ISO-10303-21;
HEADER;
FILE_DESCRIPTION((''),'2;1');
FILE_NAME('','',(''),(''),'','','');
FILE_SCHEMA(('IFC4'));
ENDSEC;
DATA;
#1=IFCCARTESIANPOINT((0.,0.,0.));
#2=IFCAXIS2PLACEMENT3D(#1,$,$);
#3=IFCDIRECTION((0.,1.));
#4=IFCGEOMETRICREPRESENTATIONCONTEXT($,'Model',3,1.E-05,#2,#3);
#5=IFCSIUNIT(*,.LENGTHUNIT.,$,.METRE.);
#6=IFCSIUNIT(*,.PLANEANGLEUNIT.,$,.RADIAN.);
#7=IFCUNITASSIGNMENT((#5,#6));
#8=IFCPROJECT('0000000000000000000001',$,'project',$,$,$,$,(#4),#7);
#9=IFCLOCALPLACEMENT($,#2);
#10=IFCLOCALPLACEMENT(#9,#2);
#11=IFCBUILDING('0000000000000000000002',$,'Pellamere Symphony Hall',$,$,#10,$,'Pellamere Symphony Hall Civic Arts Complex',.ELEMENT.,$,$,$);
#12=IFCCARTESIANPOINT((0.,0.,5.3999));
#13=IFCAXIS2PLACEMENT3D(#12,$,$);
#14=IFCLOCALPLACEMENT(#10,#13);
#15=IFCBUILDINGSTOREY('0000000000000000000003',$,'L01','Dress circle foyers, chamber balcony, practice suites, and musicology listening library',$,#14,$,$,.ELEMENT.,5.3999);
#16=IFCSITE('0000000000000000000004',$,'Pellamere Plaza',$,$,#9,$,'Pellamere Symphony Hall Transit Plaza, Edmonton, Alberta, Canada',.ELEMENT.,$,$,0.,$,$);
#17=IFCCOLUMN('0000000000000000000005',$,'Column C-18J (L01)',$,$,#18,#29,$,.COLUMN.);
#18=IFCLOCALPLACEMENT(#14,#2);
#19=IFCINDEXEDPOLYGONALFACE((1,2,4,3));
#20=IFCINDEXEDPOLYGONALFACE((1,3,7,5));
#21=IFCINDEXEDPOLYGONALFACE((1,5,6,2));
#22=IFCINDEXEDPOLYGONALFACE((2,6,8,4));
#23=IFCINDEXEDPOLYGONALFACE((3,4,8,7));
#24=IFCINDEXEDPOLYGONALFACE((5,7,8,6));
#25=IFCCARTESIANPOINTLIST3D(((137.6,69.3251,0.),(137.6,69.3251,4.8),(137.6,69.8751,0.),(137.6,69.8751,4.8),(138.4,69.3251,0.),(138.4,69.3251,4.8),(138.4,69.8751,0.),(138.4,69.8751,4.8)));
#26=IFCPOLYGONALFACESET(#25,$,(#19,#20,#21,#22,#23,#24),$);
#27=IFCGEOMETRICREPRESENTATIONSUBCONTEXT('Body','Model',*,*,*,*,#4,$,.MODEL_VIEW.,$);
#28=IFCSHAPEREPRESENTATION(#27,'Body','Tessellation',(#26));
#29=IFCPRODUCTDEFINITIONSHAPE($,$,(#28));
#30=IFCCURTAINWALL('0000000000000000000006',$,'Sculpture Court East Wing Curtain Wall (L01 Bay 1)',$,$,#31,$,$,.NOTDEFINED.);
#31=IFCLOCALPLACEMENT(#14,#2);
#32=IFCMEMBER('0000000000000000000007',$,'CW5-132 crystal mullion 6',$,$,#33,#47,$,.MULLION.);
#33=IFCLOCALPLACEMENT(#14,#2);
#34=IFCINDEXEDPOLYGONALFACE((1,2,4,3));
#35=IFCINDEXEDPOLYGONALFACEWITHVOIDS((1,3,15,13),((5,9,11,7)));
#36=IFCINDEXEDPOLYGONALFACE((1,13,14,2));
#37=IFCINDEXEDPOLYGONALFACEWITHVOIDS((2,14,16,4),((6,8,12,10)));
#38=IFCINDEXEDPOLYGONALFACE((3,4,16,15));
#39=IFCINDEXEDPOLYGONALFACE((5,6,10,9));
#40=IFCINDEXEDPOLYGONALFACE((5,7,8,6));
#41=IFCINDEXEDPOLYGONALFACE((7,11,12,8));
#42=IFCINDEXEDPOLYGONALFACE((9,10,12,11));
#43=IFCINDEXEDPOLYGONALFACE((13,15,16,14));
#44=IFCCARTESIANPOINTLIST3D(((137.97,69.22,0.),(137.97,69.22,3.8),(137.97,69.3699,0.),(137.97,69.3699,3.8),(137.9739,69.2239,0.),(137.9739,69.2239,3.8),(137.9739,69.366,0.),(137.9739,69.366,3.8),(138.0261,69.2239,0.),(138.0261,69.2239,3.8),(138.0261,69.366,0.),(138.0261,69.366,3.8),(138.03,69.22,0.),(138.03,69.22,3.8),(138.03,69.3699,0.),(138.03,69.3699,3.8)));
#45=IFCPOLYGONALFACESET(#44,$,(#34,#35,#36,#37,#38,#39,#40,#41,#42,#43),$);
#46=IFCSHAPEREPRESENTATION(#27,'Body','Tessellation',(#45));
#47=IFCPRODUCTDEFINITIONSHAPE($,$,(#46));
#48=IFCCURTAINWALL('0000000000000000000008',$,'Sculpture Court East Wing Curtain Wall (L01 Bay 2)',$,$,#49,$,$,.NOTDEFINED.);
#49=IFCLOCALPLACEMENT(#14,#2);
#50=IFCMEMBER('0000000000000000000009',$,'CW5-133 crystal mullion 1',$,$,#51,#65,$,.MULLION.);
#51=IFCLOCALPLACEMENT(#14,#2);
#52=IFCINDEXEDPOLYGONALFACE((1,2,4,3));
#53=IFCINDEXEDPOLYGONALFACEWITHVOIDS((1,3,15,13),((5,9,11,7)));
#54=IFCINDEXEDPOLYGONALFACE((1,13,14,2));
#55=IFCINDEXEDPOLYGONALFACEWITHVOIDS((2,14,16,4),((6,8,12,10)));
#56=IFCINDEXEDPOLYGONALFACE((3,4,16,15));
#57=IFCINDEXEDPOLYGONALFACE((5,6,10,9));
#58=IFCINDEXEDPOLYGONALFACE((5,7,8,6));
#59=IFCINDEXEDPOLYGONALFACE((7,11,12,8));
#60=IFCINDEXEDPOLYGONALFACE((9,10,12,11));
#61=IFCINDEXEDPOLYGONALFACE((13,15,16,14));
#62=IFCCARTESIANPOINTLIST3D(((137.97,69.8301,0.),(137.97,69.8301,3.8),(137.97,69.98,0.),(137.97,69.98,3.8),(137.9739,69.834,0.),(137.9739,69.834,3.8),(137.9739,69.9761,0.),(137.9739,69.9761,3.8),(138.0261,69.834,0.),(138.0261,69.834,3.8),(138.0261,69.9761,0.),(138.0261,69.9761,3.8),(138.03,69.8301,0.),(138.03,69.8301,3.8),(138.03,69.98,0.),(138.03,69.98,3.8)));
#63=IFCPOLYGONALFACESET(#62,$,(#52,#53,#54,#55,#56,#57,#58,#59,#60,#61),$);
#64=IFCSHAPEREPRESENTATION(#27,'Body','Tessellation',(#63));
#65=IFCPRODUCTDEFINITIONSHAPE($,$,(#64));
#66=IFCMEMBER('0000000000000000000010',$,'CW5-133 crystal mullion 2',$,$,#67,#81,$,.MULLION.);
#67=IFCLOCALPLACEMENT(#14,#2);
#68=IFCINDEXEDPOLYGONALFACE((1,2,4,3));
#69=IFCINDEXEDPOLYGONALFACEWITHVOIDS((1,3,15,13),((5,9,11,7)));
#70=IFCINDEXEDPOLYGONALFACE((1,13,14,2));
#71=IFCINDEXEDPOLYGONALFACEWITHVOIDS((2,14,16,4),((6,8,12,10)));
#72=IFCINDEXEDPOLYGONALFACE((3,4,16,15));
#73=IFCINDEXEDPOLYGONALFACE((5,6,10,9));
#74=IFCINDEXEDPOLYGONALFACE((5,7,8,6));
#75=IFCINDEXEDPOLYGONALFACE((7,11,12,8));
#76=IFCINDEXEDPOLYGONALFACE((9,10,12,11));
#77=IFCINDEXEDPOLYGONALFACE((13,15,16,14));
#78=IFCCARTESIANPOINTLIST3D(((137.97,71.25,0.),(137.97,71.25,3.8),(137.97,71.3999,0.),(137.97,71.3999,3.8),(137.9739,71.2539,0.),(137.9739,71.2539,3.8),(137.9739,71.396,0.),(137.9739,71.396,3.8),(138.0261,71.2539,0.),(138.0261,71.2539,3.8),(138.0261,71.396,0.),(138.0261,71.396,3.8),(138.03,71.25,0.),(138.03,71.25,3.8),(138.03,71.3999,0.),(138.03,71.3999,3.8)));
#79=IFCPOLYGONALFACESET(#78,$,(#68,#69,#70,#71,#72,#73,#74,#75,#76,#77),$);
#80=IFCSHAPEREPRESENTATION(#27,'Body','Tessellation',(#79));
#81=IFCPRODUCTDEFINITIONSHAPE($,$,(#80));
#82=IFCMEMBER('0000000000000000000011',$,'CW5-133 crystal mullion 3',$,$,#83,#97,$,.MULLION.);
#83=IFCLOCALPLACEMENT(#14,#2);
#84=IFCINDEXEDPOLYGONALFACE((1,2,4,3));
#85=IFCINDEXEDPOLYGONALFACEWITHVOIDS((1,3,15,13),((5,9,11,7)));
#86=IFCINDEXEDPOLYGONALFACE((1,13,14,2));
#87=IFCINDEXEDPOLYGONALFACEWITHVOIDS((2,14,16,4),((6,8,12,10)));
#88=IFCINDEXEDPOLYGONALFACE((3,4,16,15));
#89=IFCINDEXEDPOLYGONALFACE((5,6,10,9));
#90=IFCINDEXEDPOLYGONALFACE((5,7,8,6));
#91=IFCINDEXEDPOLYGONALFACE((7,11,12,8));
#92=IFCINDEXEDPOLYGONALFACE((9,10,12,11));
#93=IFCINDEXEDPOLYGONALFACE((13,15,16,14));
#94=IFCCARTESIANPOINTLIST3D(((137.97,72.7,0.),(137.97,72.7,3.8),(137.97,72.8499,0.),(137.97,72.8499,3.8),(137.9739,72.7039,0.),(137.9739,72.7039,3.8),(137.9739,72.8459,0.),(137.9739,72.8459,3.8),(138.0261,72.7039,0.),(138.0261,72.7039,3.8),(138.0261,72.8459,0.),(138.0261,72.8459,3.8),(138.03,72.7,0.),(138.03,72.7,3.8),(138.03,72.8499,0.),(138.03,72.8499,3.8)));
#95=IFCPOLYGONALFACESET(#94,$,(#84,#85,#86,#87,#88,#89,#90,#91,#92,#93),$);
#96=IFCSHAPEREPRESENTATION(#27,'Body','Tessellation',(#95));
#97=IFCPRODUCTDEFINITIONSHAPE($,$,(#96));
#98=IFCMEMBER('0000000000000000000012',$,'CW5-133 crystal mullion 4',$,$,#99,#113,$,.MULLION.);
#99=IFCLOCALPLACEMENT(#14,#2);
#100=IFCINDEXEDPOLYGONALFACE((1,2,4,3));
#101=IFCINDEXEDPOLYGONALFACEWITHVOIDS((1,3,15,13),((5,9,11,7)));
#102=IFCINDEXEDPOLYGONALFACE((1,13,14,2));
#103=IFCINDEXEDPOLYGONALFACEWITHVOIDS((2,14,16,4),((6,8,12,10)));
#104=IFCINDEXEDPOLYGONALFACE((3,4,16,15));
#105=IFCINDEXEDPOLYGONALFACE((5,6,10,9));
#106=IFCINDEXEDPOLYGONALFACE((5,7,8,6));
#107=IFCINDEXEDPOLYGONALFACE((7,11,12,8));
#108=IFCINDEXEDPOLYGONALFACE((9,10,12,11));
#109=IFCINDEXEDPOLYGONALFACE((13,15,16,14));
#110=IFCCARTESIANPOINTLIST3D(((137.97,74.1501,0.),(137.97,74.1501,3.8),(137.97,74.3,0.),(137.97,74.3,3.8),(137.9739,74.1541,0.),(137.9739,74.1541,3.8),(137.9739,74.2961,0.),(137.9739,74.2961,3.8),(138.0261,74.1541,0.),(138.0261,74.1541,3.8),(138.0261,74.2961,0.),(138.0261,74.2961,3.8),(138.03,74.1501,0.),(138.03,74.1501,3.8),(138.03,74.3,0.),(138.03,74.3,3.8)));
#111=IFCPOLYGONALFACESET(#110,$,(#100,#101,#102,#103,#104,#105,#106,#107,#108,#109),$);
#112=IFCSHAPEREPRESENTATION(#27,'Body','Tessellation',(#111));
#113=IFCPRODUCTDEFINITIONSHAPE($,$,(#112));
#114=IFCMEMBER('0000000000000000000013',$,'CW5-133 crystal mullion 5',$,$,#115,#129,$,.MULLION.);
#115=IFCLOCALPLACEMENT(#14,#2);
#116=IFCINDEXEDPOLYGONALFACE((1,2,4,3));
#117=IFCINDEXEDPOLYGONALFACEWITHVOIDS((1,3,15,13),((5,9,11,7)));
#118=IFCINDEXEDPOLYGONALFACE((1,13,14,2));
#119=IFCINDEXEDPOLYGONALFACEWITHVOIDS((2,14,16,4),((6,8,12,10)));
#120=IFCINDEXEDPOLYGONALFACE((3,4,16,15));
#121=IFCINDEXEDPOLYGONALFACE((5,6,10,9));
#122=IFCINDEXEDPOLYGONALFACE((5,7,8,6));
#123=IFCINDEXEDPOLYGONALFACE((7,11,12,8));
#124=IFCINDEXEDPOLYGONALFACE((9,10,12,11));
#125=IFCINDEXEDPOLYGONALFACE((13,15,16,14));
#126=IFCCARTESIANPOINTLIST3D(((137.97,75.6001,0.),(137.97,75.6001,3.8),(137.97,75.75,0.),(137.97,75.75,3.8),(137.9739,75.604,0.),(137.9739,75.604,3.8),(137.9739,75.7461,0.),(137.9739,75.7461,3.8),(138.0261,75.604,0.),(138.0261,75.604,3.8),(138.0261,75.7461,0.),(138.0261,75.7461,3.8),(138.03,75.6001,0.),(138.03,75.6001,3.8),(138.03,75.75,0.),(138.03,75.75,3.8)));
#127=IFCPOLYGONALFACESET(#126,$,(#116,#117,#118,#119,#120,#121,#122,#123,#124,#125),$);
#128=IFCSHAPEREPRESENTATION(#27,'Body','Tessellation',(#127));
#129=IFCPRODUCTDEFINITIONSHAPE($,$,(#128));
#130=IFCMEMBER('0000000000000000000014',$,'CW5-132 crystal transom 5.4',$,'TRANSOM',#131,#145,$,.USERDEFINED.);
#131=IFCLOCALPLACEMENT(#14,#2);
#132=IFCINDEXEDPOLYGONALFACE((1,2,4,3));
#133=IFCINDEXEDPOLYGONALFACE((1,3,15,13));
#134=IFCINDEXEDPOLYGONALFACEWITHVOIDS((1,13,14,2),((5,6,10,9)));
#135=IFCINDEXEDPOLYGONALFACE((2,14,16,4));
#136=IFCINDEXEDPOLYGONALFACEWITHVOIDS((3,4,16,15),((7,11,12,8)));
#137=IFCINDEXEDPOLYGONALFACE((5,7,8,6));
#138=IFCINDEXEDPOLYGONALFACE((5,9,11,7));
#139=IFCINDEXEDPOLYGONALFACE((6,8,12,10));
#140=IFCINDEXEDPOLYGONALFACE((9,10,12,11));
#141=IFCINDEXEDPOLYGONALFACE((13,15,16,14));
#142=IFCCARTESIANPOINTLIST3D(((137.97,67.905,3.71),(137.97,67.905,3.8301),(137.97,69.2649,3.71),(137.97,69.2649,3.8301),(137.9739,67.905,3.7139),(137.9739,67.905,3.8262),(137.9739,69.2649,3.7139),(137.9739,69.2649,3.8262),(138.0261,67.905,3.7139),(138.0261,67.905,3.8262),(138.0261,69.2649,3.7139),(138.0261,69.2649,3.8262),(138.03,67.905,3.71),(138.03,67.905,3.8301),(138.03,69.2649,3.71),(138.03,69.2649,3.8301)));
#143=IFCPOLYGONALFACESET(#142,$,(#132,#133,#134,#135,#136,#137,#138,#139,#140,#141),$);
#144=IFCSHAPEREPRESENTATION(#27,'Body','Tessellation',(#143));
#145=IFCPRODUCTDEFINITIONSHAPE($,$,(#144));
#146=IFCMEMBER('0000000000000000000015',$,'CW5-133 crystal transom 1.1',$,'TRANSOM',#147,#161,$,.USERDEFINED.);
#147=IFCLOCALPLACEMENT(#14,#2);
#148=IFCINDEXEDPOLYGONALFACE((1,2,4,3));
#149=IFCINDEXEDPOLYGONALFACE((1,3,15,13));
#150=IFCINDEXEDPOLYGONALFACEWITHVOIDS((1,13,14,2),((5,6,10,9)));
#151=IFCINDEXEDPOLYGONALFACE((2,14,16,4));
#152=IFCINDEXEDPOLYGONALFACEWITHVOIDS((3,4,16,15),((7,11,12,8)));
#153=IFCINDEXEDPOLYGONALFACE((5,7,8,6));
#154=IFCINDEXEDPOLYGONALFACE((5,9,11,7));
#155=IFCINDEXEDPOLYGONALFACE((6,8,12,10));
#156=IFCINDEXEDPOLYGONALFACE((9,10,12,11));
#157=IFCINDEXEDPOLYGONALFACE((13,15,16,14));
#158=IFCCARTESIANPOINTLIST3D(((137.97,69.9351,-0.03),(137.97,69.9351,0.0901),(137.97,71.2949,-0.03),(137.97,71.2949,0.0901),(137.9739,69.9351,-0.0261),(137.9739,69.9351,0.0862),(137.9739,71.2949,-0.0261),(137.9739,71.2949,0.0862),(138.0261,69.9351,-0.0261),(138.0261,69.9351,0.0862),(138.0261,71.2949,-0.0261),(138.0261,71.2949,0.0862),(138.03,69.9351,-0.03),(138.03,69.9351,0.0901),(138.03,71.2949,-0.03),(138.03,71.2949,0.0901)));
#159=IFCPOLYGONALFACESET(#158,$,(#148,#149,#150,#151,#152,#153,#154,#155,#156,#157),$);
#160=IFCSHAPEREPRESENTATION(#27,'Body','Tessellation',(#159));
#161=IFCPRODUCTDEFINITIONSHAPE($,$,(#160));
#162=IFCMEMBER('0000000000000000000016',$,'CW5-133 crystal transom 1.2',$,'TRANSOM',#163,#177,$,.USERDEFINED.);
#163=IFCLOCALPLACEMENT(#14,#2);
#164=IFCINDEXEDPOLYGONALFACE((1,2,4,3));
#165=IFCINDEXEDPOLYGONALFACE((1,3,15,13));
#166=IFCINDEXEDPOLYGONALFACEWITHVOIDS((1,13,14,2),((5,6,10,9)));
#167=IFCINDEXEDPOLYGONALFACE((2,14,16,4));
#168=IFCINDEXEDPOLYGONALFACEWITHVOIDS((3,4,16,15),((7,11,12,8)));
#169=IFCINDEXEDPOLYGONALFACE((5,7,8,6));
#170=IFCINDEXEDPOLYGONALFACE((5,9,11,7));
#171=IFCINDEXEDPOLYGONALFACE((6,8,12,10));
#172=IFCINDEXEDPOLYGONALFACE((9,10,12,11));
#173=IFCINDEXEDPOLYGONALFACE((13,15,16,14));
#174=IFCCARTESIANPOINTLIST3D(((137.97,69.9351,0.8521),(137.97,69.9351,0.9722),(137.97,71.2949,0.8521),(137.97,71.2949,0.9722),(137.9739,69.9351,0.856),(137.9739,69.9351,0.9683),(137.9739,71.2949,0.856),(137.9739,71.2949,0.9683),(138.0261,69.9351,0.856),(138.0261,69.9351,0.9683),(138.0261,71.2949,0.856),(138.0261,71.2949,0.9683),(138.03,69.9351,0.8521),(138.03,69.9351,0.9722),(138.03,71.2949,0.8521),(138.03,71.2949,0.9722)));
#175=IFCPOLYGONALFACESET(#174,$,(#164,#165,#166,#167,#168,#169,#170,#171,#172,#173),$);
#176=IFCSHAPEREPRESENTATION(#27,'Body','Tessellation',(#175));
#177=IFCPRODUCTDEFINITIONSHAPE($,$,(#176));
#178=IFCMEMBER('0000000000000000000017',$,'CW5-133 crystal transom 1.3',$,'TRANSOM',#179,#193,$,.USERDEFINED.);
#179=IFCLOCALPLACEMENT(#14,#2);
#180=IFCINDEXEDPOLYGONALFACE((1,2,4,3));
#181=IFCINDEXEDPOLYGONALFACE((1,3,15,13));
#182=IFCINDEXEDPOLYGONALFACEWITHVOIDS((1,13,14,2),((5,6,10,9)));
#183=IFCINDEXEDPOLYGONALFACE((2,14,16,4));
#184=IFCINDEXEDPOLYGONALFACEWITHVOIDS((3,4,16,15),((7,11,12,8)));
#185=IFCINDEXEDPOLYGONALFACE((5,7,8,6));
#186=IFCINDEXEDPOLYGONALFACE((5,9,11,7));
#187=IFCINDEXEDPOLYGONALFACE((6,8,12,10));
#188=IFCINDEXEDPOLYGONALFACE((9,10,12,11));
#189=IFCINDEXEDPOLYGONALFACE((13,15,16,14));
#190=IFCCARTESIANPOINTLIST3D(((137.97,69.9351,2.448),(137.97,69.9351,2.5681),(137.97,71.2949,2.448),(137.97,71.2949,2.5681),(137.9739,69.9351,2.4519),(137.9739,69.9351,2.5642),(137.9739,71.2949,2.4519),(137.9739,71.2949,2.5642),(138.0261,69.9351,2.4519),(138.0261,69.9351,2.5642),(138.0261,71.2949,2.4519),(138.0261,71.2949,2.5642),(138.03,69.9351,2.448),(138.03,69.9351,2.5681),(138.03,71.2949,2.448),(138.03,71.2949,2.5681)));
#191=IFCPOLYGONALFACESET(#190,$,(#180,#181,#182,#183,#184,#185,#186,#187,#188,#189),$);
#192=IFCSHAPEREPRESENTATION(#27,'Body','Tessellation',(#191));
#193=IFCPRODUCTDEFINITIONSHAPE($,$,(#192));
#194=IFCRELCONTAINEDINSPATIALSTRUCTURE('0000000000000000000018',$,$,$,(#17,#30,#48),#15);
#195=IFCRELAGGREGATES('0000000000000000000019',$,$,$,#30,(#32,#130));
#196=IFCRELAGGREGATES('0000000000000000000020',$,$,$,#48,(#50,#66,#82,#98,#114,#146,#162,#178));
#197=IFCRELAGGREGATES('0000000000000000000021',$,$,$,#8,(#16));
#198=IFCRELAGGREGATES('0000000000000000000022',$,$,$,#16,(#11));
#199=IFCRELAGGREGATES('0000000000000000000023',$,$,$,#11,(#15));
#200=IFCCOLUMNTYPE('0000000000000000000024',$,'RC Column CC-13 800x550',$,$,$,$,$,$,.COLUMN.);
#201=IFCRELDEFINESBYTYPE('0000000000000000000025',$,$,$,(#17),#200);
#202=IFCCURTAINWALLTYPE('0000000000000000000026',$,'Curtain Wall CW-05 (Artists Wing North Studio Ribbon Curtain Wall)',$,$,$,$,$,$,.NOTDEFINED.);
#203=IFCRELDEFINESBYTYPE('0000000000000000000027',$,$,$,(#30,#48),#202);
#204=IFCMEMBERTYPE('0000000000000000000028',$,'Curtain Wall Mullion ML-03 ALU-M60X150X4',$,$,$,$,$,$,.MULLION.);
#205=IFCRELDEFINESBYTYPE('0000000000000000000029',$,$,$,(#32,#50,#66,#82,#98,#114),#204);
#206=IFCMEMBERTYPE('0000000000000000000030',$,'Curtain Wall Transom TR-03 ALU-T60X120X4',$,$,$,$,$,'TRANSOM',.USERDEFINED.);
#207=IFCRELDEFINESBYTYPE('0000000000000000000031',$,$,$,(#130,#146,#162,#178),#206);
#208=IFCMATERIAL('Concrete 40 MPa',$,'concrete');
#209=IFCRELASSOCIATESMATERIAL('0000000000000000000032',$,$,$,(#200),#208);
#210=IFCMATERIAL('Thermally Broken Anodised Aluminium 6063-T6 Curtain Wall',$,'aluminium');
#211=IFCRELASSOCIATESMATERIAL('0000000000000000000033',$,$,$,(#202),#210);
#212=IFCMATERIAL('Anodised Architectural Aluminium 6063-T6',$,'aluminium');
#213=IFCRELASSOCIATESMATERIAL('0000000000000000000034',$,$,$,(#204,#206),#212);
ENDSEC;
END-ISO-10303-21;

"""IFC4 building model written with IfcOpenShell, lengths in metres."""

from ifc_helpers import new_model, si_unit, direction, frame, origin, origin_2d, place, context, subcontext, project, spatial, rectangle, hollow_rectangle, extrude, material, material_profile, profile_set, type_object, element, aggregate, save


model = new_model("IFC4")

# Units and contexts
model_context = context("Model", 3, precision=1e-05, world=origin(), true_north=direction((0.0, 1.0)))
body_context = subcontext(model_context, "Body", "Model", "MODEL_VIEW")
ifc_project = project(units=[si_unit("LENGTHUNIT", "METRE"), si_unit("PLANEANGLEUNIT", "RADIAN")], contexts=[model_context])

# Site, building, storey
site_placement = place(None, origin())
site = spatial("IfcSite", under=ifc_project, at=site_placement, Name="Pellamere Plaza", LongName="Pellamere Symphony Hall Transit Plaza, Edmonton, Alberta, Canada", CompositionType="ELEMENT", RefElevation=0.0)
building_placement = place(site_placement, origin())
building = spatial("IfcBuilding", under=site, at=building_placement, Name="Pellamere Symphony Hall", LongName="Pellamere Symphony Hall Civic Arts Complex", CompositionType="ELEMENT")
storey_placement = place(building_placement, frame((0.0, 0.0, 5.3999)))
storey = spatial("IfcBuildingStorey", under=building, at=storey_placement, Name="L01", Description="Dress circle foyers, chamber balcony, practice suites, and musicology listening library", CompositionType="ELEMENT", Elevation=5.3999)

# Column
ifc_material_1 = material(Name="Concrete 40 MPa", Category="concrete")
ifc_material_profile_1 = material_profile(ifc_material_1, rectangle(XDim=0.8, YDim=0.55, at=origin_2d()), Name="RC 800x550")
ifc_profile_set_1 = profile_set([ifc_material_profile_1], Name="Concrete 40 MPa")
column_type = type_object("IfcColumnType", Name="RC Column CC-13 800x550", PredefinedType="COLUMN", material=ifc_profile_set_1)
column_placement = place(storey_placement, frame((138.0, 69.6001, 0.0), z_axis=(0.0, 0.0, 1.0), x_axis=(1.0, 0.0, 0.0)))
element("IfcColumn", 1, at=column_placement, inside=storey, type_object=column_type, Name="Column C-18J (L01)", PredefinedType="COLUMN", context=body_context, shape_type="SweptSolid", body=[
    extrude(rectangle(XDim=0.8, YDim=0.55, at=origin_2d()), origin(), (0.0, 0.0, 1.0), 4.8),
])

# Curtain wall, member
ifc_material_2 = material(Name="Thermally Broken Anodised Aluminium 6063-T6 Curtain Wall", Category="aluminium")
curtain_wall_type = type_object("IfcCurtainWallType", Name="Curtain Wall CW-05 (Artists Wing North Studio Ribbon Curtain Wall)", PredefinedType="NOTDEFINED", material=ifc_material_2)
curtain_wall_1_placement = place(storey_placement, origin())
curtain_wall_1 = element("IfcCurtainWall", 2, at=curtain_wall_1_placement, inside=storey, type_object=curtain_wall_type, Name="Sculpture Court East Wing Curtain Wall (L01 Bay 1)", PredefinedType="NOTDEFINED")
ifc_material_3 = material(Name="Anodised Architectural Aluminium 6063-T6", Category="aluminium")
ifc_material_profile_2 = material_profile(ifc_material_3, hollow_rectangle(XDim=0.0601, YDim=0.1499, WallThickness=0.0039, at=origin_2d()), Name="ALU-M60X150X4")
ifc_profile_set_2 = profile_set([ifc_material_profile_2], Name="Anodised Architectural Aluminium 6063-T6")
member_type_1 = type_object("IfcMemberType", Name="Curtain Wall Mullion ML-03 ALU-M60X150X4", PredefinedType="MULLION", material=ifc_profile_set_2)
member_1_placement = place(storey_placement, frame((138.0, 69.2949, 0.0), z_axis=(0.0, 0.0, 1.0), x_axis=(-1.0, 0.0, 0.0)))
member_1 = element("IfcMember", 3, at=member_1_placement, type_object=member_type_1, Name="CW5-132 crystal mullion 6", PredefinedType="MULLION", context=body_context, shape_type="SweptSolid", body=[
    extrude(hollow_rectangle(XDim=0.0601, YDim=0.1499, WallThickness=0.0039, at=origin_2d()), origin(), (0.0, 0.0, 1.0), 3.8),
])

# Curtain wall, members
curtain_wall_2_placement = place(storey_placement, origin())
curtain_wall_2 = element("IfcCurtainWall", 4, at=curtain_wall_2_placement, inside=storey, type_object=curtain_wall_type, Name="Sculpture Court East Wing Curtain Wall (L01 Bay 2)", PredefinedType="NOTDEFINED")
member_2_placement = place(storey_placement, frame((138.0, 69.905, 0.0), z_axis=(0.0, 0.0, 1.0), x_axis=(-1.0, 0.0, 0.0)))
member_2 = element("IfcMember", 5, at=member_2_placement, type_object=member_type_1, Name="CW5-133 crystal mullion 1", PredefinedType="MULLION", context=body_context, shape_type="SweptSolid", body=[
    extrude(hollow_rectangle(XDim=0.0601, YDim=0.1499, WallThickness=0.0039, at=origin_2d()), origin(), (0.0, 0.0, 1.0), 3.8),
])
member_3_placement = place(storey_placement, frame((138.0, 71.325, 0.0), z_axis=(0.0, 0.0, 1.0), x_axis=(-1.0, 0.0, 0.0)))
member_3 = element("IfcMember", 6, at=member_3_placement, type_object=member_type_1, Name="CW5-133 crystal mullion 2", PredefinedType="MULLION", context=body_context, shape_type="SweptSolid", body=[
    extrude(hollow_rectangle(XDim=0.0601, YDim=0.1499, WallThickness=0.0039, at=origin_2d()), origin(), (0.0, 0.0, 1.0), 3.8),
])
member_4_placement = place(storey_placement, frame((138.0, 72.7749, 0.0), z_axis=(0.0, 0.0, 1.0), x_axis=(-1.0, 0.0, 0.0)))
member_4 = element("IfcMember", 7, at=member_4_placement, type_object=member_type_1, Name="CW5-133 crystal mullion 3", PredefinedType="MULLION", context=body_context, shape_type="SweptSolid", body=[
    extrude(hollow_rectangle(XDim=0.0601, YDim=0.1499, WallThickness=0.0039, at=origin_2d()), origin(), (0.0, 0.0, 1.0), 3.8),
])
member_5_placement = place(storey_placement, frame((138.0, 74.2251, 0.0), z_axis=(0.0, 0.0, 1.0), x_axis=(-1.0, 0.0, 0.0)))
member_5 = element("IfcMember", 8, at=member_5_placement, type_object=member_type_1, Name="CW5-133 crystal mullion 4", PredefinedType="MULLION", context=body_context, shape_type="SweptSolid", body=[
    extrude(hollow_rectangle(XDim=0.0601, YDim=0.1499, WallThickness=0.0039, at=origin_2d()), origin(), (0.0, 0.0, 1.0), 3.8),
])
member_6_placement = place(storey_placement, frame((138.0, 75.675, 0.0), z_axis=(0.0, 0.0, 1.0), x_axis=(-1.0, 0.0, 0.0)))
member_6 = element("IfcMember", 9, at=member_6_placement, type_object=member_type_1, Name="CW5-133 crystal mullion 5", PredefinedType="MULLION", context=body_context, shape_type="SweptSolid", body=[
    extrude(hollow_rectangle(XDim=0.0601, YDim=0.1499, WallThickness=0.0039, at=origin_2d()), origin(), (0.0, 0.0, 1.0), 3.8),
])

# Members
ifc_material_profile_3 = material_profile(ifc_material_3, hollow_rectangle(XDim=0.0601, YDim=0.1201, WallThickness=0.0039, at=origin_2d()), Name="ALU-T60X120X4")
ifc_profile_set_3 = profile_set([ifc_material_profile_3], Name="Anodised Architectural Aluminium 6063-T6")
member_type_2 = type_object("IfcMemberType", Name="Curtain Wall Transom TR-03 ALU-T60X120X4", ElementType="TRANSOM", PredefinedType="USERDEFINED", material=ifc_profile_set_3)
member_7_placement = place(storey_placement, frame((138.0, 67.905, 3.77), z_axis=(0.0, 1.0, 0.0), x_axis=(-1.0, 0.0, 0.0)))
member_7 = element("IfcMember", 10, at=member_7_placement, type_object=member_type_2, Name="CW5-132 crystal transom 5.4", ObjectType="TRANSOM", PredefinedType="USERDEFINED", context=body_context, shape_type="SweptSolid", body=[
    extrude(hollow_rectangle(XDim=0.0601, YDim=0.1201, WallThickness=0.0039, at=origin_2d()), origin(), (0.0, 0.0, 1.0), 1.3599),
])
member_8_placement = place(storey_placement, frame((138.0, 69.9351, 0.03), z_axis=(0.0, 1.0, 0.0), x_axis=(-1.0, 0.0, 0.0)))
member_8 = element("IfcMember", 11, at=member_8_placement, type_object=member_type_2, Name="CW5-133 crystal transom 1.1", ObjectType="TRANSOM", PredefinedType="USERDEFINED", context=body_context, shape_type="SweptSolid", body=[
    extrude(hollow_rectangle(XDim=0.0601, YDim=0.1201, WallThickness=0.0039, at=origin_2d()), origin(), (0.0, 0.0, 1.0), 1.3599),
])
member_9_placement = place(storey_placement, frame((138.0, 69.9351, 0.9121), z_axis=(0.0, 1.0, 0.0), x_axis=(-1.0, 0.0, 0.0)))
member_9 = element("IfcMember", 12, at=member_9_placement, type_object=member_type_2, Name="CW5-133 crystal transom 1.2", ObjectType="TRANSOM", PredefinedType="USERDEFINED", context=body_context, shape_type="SweptSolid", body=[
    extrude(hollow_rectangle(XDim=0.0601, YDim=0.1201, WallThickness=0.0039, at=origin_2d()), origin(), (0.0, 0.0, 1.0), 1.3599),
])
member_10_placement = place(storey_placement, frame((138.0, 69.9351, 2.5081), z_axis=(0.0, 1.0, 0.0), x_axis=(-1.0, 0.0, 0.0)))
member_10 = element("IfcMember", 13, at=member_10_placement, type_object=member_type_2, Name="CW5-133 crystal transom 1.3", ObjectType="TRANSOM", PredefinedType="USERDEFINED", context=body_context, shape_type="SweptSolid", body=[
    extrude(hollow_rectangle(XDim=0.0601, YDim=0.1201, WallThickness=0.0039, at=origin_2d()), origin(), (0.0, 0.0, 1.0), 1.3599),
])

aggregate(curtain_wall_1, [member_1, member_7])
aggregate(curtain_wall_2, [member_2, member_3, member_4, member_5, member_6, member_8, member_9, member_10])

save(model, "model.ifc")
